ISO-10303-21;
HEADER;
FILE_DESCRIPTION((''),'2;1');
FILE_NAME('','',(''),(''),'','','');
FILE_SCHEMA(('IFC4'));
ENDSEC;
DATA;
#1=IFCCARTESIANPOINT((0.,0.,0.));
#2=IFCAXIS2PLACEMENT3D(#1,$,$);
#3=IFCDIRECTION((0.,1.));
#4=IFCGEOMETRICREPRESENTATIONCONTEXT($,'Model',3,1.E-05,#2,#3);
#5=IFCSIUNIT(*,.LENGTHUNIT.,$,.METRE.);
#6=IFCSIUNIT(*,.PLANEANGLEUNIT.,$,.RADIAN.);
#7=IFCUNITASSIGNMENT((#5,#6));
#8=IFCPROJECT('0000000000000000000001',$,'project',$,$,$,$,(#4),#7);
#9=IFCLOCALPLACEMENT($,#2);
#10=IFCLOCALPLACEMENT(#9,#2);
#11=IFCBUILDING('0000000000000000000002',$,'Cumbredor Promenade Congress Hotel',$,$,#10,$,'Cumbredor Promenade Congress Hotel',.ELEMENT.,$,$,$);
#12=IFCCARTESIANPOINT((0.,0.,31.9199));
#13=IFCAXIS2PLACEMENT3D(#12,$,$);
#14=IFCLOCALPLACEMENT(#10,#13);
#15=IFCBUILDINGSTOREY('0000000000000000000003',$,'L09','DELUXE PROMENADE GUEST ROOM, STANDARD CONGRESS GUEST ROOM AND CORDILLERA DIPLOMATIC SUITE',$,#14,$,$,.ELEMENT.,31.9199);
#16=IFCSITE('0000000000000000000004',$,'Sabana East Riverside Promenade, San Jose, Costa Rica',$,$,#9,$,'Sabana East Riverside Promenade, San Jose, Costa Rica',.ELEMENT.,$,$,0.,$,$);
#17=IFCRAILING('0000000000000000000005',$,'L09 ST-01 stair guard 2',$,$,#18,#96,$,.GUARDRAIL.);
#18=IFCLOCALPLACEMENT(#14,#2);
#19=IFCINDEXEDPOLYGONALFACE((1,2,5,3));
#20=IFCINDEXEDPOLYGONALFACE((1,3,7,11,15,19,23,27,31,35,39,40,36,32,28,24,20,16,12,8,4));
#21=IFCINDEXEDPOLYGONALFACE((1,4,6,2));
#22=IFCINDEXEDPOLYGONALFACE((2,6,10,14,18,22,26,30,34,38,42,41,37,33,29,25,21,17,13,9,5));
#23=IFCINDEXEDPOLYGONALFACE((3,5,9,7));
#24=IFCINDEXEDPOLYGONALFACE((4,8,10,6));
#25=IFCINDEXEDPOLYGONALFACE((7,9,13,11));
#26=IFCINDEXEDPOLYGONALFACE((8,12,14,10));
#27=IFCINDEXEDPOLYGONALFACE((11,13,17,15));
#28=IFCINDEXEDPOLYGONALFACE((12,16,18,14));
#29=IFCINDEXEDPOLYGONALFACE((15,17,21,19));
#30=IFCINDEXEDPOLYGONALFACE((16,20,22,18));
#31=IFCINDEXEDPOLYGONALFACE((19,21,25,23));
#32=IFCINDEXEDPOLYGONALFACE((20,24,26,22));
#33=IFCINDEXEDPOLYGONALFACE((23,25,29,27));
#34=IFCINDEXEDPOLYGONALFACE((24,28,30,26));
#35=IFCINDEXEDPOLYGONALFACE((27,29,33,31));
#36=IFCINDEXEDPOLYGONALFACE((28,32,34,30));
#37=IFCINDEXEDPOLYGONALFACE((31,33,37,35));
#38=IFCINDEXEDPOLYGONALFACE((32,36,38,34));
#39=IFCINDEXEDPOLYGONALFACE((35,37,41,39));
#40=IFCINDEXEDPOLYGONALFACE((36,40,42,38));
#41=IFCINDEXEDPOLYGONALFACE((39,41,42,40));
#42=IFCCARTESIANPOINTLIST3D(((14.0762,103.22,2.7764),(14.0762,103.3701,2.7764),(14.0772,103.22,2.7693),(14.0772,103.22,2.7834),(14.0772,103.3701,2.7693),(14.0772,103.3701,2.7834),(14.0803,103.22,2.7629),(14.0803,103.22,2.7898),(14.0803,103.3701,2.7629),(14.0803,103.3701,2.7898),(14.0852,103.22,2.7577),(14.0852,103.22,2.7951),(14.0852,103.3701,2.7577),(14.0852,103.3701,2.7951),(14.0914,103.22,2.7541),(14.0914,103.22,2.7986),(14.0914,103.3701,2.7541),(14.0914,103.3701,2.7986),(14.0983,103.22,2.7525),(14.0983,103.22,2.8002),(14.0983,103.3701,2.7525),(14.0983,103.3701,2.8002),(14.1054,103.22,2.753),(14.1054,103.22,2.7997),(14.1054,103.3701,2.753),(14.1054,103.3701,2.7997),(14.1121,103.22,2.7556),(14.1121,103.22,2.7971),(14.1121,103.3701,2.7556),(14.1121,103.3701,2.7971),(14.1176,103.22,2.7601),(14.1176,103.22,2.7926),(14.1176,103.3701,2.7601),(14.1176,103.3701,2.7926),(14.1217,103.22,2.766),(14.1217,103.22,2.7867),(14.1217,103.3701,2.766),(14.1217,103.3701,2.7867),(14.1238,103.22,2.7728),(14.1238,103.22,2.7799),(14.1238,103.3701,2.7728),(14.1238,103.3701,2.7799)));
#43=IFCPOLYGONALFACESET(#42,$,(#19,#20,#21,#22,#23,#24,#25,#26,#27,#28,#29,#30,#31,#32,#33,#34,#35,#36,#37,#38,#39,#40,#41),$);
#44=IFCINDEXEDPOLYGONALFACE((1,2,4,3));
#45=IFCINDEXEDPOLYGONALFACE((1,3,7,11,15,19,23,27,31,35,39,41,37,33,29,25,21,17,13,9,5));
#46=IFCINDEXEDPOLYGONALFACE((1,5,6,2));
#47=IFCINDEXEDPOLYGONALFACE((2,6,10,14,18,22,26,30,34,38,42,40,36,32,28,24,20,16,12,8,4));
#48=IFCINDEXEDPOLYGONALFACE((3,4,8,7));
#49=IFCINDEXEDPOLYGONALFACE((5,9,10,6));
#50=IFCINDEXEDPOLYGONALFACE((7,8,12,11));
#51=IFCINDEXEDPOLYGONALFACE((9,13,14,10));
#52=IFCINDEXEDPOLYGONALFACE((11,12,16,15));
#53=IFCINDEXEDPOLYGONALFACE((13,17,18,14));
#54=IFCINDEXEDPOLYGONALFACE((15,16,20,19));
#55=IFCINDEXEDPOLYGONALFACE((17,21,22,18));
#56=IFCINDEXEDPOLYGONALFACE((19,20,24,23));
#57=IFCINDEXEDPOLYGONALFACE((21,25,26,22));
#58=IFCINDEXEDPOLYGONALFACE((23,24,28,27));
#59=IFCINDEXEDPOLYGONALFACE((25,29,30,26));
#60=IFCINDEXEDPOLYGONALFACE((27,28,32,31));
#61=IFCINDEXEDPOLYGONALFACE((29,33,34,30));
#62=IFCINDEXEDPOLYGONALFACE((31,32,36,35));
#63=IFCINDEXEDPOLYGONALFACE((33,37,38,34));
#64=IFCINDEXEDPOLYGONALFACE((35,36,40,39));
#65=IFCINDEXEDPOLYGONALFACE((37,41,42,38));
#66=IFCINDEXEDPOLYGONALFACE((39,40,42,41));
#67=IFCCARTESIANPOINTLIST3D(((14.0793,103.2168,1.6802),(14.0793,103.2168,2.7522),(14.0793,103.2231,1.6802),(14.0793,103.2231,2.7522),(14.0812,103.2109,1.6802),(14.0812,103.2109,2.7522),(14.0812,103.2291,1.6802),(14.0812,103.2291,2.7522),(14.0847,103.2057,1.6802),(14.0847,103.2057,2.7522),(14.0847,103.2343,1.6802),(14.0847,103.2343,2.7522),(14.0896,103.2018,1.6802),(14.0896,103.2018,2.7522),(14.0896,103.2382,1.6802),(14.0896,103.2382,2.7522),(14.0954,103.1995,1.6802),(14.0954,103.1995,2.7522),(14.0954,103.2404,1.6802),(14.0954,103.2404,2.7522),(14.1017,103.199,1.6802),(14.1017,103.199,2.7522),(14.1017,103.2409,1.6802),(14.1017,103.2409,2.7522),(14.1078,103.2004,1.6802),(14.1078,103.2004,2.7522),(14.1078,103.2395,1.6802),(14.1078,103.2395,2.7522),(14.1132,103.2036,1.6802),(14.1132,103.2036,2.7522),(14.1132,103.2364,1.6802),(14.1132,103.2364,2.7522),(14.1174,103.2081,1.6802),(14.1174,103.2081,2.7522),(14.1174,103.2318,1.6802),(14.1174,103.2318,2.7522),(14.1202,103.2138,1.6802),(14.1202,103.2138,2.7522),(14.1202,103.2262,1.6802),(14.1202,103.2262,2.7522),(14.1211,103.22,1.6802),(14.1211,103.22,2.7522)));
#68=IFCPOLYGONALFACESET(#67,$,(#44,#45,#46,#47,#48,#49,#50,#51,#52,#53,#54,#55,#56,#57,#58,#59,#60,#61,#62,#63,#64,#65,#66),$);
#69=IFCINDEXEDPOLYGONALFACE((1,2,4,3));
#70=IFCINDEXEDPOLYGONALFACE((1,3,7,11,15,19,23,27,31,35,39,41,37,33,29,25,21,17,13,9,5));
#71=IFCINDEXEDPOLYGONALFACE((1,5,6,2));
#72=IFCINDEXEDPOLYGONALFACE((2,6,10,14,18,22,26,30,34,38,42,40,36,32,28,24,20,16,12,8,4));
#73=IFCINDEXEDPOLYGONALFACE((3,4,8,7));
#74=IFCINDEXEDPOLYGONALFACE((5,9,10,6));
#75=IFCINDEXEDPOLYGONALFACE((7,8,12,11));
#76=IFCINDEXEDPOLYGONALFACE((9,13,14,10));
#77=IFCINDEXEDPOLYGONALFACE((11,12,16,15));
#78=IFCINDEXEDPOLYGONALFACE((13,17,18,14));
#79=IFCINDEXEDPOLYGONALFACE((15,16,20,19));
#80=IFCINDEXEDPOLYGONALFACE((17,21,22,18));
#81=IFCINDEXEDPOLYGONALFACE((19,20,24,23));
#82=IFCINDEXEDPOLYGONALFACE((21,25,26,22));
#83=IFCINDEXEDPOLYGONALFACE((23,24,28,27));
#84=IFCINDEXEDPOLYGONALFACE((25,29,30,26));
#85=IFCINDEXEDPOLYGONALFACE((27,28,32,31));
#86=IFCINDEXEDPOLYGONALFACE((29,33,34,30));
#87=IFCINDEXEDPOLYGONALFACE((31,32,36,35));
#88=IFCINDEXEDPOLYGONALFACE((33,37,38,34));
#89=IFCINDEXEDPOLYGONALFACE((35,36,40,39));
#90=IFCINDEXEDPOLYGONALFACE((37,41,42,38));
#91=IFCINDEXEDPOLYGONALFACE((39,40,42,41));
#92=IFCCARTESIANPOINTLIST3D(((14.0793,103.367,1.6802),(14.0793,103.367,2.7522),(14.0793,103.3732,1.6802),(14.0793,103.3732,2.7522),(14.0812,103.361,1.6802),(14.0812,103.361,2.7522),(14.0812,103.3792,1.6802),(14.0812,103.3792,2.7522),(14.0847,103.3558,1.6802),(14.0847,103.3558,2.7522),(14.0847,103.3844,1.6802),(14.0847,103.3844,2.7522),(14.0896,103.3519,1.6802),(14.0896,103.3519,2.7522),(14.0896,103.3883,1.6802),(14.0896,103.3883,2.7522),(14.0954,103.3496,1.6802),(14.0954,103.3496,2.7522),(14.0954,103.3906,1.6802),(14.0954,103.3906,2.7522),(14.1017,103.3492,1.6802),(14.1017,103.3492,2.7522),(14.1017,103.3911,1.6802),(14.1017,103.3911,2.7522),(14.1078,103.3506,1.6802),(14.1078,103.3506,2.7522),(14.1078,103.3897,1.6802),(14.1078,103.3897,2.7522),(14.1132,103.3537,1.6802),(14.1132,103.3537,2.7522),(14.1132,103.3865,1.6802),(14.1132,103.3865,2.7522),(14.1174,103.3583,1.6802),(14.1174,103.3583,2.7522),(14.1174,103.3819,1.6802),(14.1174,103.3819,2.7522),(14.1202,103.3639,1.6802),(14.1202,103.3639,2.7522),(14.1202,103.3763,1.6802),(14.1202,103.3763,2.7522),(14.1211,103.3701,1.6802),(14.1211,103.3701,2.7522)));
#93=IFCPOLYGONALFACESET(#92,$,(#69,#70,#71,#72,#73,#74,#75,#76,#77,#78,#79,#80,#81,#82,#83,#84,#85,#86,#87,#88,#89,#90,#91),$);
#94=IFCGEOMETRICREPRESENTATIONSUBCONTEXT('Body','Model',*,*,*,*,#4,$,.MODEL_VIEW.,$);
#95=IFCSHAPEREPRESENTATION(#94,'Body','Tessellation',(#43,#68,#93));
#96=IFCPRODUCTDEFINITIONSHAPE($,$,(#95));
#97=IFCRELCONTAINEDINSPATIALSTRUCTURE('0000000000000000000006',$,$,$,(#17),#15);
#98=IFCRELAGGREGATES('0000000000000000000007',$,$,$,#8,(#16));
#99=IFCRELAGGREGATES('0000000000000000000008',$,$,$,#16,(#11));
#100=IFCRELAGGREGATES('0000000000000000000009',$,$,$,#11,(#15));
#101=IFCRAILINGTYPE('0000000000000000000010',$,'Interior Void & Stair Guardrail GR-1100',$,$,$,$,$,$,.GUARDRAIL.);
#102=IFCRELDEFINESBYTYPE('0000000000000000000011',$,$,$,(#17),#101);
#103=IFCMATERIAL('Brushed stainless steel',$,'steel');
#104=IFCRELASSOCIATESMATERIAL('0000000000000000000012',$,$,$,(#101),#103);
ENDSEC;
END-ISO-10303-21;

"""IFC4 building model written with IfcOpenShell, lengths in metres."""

from ifc_helpers import new_model, si_unit, direction, frame, origin, origin_2d, place, context, subcontext, project, spatial, circle, extrude, material, type_object, element, save


model = new_model("IFC4")

# Units and contexts
model_context = context("Model", 3, precision=1e-05, world=origin(), true_north=direction((0.0, 1.0)))
body_context = subcontext(model_context, "Body", "Model", "MODEL_VIEW")
ifc_project = project(units=[si_unit("LENGTHUNIT", "METRE"), si_unit("PLANEANGLEUNIT", "RADIAN")], contexts=[model_context])

# Site, building, storey
site_placement = place(None, origin())
site = spatial("IfcSite", under=ifc_project, at=site_placement, Name="Sabana East Riverside Promenade, San Jose, Costa Rica", LongName="Sabana East Riverside Promenade, San Jose, Costa Rica", CompositionType="ELEMENT", RefElevation=0.0)
building_placement = place(site_placement, origin())
building = spatial("IfcBuilding", under=site, at=building_placement, Name="Cumbredor Promenade Congress Hotel", LongName="Cumbredor Promenade Congress Hotel", CompositionType="ELEMENT")
storey_placement = place(building_placement, frame((0.0, 0.0, 31.9199)))
storey = spatial("IfcBuildingStorey", under=building, at=storey_placement, Name="L09", Description="DELUXE PROMENADE GUEST ROOM, STANDARD CONGRESS GUEST ROOM AND CORDILLERA DIPLOMATIC SUITE", CompositionType="ELEMENT", Elevation=31.9199)

# Railing
ifc_material_1 = material(Name="Brushed stainless steel", Category="steel")
railing_type_1 = type_object("IfcRailingType", Name="Interior Void & Stair Guardrail GR-1100", PredefinedType="GUARDRAIL", material=ifc_material_1)
railing_1_placement = place(storey_placement, frame((14.1001, 103.22, 1.6802)))
element("IfcRailing", 1, at=railing_1_placement, inside=storey, type_object=railing_type_1, Name="L09 ST-01 stair guard 2", PredefinedType="GUARDRAIL", context=body_context, shape_type="SweptSolid", body=[
    extrude(circle(Radius=0.0239, at=origin_2d()), frame((0.0, 0.0, 1.0962), z_axis=(0.0, 1.0, 0.0), x_axis=(-1.0, 0.0, 0.0)), (0.0, 0.0, 1.0), 0.1501),
    extrude(circle(Radius=0.021, at=origin_2d()), origin(), (0.0, 0.0, 1.0), 1.072),
    extrude(circle(Radius=0.021, at=origin_2d()), frame((0.0, 0.1501, 0.0)), (0.0, 0.0, 1.0), 1.072),
])

save(model, "model.ifc")
